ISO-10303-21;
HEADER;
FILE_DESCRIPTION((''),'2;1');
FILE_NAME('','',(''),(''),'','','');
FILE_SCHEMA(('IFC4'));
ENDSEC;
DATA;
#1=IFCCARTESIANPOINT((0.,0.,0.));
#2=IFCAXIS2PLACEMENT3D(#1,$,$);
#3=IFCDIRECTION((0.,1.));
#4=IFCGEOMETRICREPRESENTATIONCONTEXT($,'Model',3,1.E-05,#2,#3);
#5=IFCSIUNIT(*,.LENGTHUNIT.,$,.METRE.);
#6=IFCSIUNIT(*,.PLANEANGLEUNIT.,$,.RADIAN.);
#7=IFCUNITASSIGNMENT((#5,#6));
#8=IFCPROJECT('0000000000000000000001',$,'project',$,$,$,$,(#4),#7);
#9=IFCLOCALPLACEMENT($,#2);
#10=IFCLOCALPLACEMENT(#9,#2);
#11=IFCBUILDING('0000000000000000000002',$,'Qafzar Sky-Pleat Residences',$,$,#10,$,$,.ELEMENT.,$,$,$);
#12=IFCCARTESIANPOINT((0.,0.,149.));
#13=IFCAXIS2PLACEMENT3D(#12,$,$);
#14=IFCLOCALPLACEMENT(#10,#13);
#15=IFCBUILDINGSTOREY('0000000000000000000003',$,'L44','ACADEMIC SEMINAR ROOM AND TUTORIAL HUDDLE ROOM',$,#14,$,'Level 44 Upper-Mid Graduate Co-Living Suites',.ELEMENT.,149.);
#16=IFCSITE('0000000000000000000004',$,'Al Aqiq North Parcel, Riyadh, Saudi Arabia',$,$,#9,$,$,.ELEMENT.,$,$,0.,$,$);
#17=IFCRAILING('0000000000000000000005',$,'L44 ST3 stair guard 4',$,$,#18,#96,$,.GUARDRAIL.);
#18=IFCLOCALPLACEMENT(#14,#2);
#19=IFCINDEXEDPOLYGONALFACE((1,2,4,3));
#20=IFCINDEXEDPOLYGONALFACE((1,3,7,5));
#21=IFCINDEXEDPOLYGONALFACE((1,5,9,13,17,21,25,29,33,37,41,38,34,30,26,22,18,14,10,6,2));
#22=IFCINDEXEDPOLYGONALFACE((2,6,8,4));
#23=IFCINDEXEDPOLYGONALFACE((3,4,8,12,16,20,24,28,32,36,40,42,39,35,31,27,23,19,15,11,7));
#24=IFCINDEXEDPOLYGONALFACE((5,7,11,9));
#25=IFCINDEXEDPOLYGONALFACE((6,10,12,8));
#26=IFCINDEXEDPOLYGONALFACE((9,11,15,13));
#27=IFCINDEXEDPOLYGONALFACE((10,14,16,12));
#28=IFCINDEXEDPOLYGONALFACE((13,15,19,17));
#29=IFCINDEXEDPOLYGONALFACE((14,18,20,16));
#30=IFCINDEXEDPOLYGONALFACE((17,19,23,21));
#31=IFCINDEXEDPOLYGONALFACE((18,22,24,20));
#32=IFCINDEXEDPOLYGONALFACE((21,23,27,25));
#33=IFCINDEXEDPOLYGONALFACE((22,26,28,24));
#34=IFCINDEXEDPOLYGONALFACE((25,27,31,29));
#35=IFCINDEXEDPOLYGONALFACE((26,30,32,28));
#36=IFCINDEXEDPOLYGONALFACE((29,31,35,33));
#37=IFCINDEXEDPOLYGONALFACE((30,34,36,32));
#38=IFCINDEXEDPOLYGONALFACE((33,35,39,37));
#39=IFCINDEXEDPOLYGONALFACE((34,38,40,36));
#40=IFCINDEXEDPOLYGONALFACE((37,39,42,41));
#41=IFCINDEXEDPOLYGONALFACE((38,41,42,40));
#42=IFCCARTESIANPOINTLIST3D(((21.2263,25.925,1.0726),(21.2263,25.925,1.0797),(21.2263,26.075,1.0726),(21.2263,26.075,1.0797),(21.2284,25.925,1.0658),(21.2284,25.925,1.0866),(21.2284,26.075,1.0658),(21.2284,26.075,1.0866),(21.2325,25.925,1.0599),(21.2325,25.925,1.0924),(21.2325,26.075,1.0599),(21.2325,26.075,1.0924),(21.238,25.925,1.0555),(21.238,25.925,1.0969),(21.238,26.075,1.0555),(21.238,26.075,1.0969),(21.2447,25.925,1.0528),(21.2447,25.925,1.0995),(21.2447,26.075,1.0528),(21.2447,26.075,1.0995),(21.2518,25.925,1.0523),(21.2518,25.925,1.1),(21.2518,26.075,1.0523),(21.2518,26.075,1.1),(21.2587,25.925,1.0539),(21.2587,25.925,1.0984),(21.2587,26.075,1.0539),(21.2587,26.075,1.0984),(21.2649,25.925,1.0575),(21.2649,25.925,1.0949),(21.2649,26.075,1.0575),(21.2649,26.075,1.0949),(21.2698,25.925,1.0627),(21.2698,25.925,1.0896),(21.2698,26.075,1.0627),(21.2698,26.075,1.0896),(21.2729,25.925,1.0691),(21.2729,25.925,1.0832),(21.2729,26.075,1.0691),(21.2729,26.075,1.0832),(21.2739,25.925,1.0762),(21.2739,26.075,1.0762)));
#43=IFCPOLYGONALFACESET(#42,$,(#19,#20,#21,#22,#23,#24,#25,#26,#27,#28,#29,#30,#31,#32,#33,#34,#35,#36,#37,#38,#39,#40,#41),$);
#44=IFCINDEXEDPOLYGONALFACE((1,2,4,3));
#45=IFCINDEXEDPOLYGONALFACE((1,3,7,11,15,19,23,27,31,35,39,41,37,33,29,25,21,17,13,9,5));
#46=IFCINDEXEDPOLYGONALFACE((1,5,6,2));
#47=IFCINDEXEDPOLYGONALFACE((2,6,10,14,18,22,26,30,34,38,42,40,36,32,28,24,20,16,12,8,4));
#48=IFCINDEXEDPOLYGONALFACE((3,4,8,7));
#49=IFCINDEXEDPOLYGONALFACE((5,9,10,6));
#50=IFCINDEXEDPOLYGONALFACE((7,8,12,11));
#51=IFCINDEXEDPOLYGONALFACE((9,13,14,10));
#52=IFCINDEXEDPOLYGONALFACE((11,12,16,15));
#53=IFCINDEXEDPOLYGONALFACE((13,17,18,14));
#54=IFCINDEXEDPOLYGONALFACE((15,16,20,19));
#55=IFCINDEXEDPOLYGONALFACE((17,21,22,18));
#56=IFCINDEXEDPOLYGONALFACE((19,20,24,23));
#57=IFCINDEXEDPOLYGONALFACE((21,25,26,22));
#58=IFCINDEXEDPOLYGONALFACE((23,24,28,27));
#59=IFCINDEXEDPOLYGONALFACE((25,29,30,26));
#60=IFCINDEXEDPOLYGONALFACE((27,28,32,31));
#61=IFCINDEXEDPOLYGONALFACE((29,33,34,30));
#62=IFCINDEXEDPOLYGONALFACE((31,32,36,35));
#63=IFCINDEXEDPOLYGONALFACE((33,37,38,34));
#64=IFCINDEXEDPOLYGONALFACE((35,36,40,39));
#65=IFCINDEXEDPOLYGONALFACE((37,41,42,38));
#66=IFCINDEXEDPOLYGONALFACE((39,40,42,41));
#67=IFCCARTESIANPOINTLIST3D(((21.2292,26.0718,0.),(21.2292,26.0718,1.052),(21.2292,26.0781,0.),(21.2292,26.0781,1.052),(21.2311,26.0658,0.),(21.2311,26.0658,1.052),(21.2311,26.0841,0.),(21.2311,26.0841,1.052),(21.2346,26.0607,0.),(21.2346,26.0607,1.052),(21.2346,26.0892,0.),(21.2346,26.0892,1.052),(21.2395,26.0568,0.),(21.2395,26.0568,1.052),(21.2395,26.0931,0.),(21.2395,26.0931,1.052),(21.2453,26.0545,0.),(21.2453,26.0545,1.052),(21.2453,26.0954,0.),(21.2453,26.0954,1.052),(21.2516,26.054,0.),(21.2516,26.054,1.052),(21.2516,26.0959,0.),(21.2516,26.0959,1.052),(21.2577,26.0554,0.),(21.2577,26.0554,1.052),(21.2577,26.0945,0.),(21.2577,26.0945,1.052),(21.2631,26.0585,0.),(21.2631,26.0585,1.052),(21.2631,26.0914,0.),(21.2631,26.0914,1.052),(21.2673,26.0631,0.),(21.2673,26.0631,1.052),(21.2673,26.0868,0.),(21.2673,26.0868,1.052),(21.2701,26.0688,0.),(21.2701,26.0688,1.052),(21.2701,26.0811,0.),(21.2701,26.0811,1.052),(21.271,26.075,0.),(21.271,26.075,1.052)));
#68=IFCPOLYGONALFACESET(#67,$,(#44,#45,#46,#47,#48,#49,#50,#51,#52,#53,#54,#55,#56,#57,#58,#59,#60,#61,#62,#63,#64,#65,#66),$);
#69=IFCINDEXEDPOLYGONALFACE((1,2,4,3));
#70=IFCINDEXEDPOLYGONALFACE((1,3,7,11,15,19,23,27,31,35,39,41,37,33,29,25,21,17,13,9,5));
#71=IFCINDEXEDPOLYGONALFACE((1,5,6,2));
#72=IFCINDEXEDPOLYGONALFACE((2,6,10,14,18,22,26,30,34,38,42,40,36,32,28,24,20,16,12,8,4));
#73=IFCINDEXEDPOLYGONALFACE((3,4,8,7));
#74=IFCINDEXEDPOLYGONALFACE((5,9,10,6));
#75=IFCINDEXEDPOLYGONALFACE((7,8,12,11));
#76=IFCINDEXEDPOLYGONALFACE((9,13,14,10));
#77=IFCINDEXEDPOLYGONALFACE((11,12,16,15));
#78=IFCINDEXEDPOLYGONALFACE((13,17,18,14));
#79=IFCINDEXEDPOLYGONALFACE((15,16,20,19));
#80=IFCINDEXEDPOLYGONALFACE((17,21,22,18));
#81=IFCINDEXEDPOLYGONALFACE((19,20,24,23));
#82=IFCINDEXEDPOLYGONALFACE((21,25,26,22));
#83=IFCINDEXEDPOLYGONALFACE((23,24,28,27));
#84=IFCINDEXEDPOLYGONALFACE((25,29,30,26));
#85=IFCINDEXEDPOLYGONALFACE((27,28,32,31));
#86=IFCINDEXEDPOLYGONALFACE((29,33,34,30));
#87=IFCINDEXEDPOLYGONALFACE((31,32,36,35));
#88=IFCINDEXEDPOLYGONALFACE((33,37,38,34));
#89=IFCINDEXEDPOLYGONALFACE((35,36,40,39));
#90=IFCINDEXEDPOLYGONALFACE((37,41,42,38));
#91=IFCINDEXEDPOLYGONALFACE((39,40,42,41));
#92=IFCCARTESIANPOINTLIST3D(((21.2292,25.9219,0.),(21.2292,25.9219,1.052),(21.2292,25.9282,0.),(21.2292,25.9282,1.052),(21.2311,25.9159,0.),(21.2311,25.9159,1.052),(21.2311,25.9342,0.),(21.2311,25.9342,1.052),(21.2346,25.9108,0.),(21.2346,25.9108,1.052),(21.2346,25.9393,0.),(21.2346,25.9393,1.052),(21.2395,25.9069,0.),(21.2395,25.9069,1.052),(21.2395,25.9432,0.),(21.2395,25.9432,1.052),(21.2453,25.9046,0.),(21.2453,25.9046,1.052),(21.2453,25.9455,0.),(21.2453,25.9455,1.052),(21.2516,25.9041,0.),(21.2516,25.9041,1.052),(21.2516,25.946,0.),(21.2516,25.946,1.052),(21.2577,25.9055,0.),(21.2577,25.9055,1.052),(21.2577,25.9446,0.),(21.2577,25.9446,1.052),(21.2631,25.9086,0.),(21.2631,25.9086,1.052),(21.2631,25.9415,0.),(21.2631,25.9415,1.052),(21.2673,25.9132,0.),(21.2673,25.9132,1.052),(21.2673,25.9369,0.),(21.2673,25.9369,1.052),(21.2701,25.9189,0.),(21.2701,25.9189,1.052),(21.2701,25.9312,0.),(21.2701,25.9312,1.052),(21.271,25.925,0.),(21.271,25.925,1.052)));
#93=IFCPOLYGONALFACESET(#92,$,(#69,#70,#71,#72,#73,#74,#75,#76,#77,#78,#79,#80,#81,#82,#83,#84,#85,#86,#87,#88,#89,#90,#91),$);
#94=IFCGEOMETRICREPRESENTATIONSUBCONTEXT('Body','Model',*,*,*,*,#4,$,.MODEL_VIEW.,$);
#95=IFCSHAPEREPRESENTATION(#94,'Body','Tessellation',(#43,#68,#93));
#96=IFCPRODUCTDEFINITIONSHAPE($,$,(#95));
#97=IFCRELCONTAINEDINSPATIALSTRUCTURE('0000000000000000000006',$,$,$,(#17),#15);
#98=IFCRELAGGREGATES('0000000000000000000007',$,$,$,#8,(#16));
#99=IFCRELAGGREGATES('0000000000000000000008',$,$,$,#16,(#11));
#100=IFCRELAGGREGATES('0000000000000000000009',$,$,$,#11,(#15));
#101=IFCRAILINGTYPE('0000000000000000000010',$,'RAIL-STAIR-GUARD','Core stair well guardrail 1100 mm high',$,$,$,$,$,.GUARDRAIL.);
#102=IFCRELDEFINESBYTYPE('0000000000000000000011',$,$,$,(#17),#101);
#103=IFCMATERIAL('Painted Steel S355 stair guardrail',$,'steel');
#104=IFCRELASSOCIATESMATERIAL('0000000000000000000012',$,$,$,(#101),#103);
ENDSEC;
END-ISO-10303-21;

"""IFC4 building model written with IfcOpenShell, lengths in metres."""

from ifc_helpers import new_model, si_unit, direction, frame, origin, origin_2d, place, context, subcontext, project, spatial, circle, extrude, source, transform, mapped, material, type_object, element, save


model = new_model("IFC4")

# Units and contexts
model_context = context("Model", 3, precision=1e-05, world=origin(), true_north=direction((0.0, 1.0)))
body_context = subcontext(model_context, "Body", "Model", "MODEL_VIEW")
ifc_project = project(units=[si_unit("LENGTHUNIT", "METRE"), si_unit("PLANEANGLEUNIT", "RADIAN")], contexts=[model_context])

# Site, building, storey
site_placement = place(None, origin())
site = spatial("IfcSite", under=ifc_project, at=site_placement, Name="Al Aqiq North Parcel, Riyadh, Saudi Arabia", CompositionType="ELEMENT", RefElevation=0.0)
building_placement = place(site_placement, origin())
building = spatial("IfcBuilding", under=site, at=building_placement, Name="Qafzar Sky-Pleat Residences", CompositionType="ELEMENT")
storey_placement = place(building_placement, frame((0.0, 0.0, 149.0)))
storey = spatial("IfcBuildingStorey", under=building, at=storey_placement, Name="L44", Description="ACADEMIC SEMINAR ROOM AND TUTORIAL HUDDLE ROOM", LongName="Level 44 Upper-Mid Graduate Co-Living Suites", CompositionType="ELEMENT", Elevation=149.0)

# Railing
ifc_material_1 = material(Name="Painted Steel S355 stair guardrail", Category="steel")
railing_type_1 = type_object("IfcRailingType", Name="RAIL-STAIR-GUARD", Description="Core stair well guardrail 1100 mm high", PredefinedType="GUARDRAIL", material=ifc_material_1)
shared_shape_1 = source(origin(), body_context, "Body", "SweptSolid", [
    extrude(circle(Radius=0.0239, at=origin_2d()), frame((0.0, 0.0, 1.0762), z_axis=(0.0, -1.0, 0.0), x_axis=(1.0, 0.0, 0.0)), (0.0, 0.0, 1.0), 0.1499),
    extrude(circle(Radius=0.021, at=origin_2d()), origin(), (0.0, 0.0, 1.0), 1.052),
    extrude(circle(Radius=0.021, at=origin_2d()), frame((0.0, -0.1499, 0.0)), (0.0, 0.0, 1.0), 1.052),
])
for number, where, name in (
    (1, (21.25, 26.075, 0.0), "L44 ST3 stair guard 4"),
):
    element("IfcRailing", number, at=place(storey_placement, frame(where)), inside=storey, type_object=railing_type_1, Name=name, PredefinedType="GUARDRAIL", context=body_context, shape_type="MappedRepresentation", body=[
        mapped(shared_shape_1, transform((0.0, 0.0, 0.0), x_axis=(1.0, 0.0, 0.0), y_axis=(0.0, 1.0, 0.0), z_axis=(0.0, 0.0, 1.0), scale=1.0)),
    ])

save(model, "model.ifc")
